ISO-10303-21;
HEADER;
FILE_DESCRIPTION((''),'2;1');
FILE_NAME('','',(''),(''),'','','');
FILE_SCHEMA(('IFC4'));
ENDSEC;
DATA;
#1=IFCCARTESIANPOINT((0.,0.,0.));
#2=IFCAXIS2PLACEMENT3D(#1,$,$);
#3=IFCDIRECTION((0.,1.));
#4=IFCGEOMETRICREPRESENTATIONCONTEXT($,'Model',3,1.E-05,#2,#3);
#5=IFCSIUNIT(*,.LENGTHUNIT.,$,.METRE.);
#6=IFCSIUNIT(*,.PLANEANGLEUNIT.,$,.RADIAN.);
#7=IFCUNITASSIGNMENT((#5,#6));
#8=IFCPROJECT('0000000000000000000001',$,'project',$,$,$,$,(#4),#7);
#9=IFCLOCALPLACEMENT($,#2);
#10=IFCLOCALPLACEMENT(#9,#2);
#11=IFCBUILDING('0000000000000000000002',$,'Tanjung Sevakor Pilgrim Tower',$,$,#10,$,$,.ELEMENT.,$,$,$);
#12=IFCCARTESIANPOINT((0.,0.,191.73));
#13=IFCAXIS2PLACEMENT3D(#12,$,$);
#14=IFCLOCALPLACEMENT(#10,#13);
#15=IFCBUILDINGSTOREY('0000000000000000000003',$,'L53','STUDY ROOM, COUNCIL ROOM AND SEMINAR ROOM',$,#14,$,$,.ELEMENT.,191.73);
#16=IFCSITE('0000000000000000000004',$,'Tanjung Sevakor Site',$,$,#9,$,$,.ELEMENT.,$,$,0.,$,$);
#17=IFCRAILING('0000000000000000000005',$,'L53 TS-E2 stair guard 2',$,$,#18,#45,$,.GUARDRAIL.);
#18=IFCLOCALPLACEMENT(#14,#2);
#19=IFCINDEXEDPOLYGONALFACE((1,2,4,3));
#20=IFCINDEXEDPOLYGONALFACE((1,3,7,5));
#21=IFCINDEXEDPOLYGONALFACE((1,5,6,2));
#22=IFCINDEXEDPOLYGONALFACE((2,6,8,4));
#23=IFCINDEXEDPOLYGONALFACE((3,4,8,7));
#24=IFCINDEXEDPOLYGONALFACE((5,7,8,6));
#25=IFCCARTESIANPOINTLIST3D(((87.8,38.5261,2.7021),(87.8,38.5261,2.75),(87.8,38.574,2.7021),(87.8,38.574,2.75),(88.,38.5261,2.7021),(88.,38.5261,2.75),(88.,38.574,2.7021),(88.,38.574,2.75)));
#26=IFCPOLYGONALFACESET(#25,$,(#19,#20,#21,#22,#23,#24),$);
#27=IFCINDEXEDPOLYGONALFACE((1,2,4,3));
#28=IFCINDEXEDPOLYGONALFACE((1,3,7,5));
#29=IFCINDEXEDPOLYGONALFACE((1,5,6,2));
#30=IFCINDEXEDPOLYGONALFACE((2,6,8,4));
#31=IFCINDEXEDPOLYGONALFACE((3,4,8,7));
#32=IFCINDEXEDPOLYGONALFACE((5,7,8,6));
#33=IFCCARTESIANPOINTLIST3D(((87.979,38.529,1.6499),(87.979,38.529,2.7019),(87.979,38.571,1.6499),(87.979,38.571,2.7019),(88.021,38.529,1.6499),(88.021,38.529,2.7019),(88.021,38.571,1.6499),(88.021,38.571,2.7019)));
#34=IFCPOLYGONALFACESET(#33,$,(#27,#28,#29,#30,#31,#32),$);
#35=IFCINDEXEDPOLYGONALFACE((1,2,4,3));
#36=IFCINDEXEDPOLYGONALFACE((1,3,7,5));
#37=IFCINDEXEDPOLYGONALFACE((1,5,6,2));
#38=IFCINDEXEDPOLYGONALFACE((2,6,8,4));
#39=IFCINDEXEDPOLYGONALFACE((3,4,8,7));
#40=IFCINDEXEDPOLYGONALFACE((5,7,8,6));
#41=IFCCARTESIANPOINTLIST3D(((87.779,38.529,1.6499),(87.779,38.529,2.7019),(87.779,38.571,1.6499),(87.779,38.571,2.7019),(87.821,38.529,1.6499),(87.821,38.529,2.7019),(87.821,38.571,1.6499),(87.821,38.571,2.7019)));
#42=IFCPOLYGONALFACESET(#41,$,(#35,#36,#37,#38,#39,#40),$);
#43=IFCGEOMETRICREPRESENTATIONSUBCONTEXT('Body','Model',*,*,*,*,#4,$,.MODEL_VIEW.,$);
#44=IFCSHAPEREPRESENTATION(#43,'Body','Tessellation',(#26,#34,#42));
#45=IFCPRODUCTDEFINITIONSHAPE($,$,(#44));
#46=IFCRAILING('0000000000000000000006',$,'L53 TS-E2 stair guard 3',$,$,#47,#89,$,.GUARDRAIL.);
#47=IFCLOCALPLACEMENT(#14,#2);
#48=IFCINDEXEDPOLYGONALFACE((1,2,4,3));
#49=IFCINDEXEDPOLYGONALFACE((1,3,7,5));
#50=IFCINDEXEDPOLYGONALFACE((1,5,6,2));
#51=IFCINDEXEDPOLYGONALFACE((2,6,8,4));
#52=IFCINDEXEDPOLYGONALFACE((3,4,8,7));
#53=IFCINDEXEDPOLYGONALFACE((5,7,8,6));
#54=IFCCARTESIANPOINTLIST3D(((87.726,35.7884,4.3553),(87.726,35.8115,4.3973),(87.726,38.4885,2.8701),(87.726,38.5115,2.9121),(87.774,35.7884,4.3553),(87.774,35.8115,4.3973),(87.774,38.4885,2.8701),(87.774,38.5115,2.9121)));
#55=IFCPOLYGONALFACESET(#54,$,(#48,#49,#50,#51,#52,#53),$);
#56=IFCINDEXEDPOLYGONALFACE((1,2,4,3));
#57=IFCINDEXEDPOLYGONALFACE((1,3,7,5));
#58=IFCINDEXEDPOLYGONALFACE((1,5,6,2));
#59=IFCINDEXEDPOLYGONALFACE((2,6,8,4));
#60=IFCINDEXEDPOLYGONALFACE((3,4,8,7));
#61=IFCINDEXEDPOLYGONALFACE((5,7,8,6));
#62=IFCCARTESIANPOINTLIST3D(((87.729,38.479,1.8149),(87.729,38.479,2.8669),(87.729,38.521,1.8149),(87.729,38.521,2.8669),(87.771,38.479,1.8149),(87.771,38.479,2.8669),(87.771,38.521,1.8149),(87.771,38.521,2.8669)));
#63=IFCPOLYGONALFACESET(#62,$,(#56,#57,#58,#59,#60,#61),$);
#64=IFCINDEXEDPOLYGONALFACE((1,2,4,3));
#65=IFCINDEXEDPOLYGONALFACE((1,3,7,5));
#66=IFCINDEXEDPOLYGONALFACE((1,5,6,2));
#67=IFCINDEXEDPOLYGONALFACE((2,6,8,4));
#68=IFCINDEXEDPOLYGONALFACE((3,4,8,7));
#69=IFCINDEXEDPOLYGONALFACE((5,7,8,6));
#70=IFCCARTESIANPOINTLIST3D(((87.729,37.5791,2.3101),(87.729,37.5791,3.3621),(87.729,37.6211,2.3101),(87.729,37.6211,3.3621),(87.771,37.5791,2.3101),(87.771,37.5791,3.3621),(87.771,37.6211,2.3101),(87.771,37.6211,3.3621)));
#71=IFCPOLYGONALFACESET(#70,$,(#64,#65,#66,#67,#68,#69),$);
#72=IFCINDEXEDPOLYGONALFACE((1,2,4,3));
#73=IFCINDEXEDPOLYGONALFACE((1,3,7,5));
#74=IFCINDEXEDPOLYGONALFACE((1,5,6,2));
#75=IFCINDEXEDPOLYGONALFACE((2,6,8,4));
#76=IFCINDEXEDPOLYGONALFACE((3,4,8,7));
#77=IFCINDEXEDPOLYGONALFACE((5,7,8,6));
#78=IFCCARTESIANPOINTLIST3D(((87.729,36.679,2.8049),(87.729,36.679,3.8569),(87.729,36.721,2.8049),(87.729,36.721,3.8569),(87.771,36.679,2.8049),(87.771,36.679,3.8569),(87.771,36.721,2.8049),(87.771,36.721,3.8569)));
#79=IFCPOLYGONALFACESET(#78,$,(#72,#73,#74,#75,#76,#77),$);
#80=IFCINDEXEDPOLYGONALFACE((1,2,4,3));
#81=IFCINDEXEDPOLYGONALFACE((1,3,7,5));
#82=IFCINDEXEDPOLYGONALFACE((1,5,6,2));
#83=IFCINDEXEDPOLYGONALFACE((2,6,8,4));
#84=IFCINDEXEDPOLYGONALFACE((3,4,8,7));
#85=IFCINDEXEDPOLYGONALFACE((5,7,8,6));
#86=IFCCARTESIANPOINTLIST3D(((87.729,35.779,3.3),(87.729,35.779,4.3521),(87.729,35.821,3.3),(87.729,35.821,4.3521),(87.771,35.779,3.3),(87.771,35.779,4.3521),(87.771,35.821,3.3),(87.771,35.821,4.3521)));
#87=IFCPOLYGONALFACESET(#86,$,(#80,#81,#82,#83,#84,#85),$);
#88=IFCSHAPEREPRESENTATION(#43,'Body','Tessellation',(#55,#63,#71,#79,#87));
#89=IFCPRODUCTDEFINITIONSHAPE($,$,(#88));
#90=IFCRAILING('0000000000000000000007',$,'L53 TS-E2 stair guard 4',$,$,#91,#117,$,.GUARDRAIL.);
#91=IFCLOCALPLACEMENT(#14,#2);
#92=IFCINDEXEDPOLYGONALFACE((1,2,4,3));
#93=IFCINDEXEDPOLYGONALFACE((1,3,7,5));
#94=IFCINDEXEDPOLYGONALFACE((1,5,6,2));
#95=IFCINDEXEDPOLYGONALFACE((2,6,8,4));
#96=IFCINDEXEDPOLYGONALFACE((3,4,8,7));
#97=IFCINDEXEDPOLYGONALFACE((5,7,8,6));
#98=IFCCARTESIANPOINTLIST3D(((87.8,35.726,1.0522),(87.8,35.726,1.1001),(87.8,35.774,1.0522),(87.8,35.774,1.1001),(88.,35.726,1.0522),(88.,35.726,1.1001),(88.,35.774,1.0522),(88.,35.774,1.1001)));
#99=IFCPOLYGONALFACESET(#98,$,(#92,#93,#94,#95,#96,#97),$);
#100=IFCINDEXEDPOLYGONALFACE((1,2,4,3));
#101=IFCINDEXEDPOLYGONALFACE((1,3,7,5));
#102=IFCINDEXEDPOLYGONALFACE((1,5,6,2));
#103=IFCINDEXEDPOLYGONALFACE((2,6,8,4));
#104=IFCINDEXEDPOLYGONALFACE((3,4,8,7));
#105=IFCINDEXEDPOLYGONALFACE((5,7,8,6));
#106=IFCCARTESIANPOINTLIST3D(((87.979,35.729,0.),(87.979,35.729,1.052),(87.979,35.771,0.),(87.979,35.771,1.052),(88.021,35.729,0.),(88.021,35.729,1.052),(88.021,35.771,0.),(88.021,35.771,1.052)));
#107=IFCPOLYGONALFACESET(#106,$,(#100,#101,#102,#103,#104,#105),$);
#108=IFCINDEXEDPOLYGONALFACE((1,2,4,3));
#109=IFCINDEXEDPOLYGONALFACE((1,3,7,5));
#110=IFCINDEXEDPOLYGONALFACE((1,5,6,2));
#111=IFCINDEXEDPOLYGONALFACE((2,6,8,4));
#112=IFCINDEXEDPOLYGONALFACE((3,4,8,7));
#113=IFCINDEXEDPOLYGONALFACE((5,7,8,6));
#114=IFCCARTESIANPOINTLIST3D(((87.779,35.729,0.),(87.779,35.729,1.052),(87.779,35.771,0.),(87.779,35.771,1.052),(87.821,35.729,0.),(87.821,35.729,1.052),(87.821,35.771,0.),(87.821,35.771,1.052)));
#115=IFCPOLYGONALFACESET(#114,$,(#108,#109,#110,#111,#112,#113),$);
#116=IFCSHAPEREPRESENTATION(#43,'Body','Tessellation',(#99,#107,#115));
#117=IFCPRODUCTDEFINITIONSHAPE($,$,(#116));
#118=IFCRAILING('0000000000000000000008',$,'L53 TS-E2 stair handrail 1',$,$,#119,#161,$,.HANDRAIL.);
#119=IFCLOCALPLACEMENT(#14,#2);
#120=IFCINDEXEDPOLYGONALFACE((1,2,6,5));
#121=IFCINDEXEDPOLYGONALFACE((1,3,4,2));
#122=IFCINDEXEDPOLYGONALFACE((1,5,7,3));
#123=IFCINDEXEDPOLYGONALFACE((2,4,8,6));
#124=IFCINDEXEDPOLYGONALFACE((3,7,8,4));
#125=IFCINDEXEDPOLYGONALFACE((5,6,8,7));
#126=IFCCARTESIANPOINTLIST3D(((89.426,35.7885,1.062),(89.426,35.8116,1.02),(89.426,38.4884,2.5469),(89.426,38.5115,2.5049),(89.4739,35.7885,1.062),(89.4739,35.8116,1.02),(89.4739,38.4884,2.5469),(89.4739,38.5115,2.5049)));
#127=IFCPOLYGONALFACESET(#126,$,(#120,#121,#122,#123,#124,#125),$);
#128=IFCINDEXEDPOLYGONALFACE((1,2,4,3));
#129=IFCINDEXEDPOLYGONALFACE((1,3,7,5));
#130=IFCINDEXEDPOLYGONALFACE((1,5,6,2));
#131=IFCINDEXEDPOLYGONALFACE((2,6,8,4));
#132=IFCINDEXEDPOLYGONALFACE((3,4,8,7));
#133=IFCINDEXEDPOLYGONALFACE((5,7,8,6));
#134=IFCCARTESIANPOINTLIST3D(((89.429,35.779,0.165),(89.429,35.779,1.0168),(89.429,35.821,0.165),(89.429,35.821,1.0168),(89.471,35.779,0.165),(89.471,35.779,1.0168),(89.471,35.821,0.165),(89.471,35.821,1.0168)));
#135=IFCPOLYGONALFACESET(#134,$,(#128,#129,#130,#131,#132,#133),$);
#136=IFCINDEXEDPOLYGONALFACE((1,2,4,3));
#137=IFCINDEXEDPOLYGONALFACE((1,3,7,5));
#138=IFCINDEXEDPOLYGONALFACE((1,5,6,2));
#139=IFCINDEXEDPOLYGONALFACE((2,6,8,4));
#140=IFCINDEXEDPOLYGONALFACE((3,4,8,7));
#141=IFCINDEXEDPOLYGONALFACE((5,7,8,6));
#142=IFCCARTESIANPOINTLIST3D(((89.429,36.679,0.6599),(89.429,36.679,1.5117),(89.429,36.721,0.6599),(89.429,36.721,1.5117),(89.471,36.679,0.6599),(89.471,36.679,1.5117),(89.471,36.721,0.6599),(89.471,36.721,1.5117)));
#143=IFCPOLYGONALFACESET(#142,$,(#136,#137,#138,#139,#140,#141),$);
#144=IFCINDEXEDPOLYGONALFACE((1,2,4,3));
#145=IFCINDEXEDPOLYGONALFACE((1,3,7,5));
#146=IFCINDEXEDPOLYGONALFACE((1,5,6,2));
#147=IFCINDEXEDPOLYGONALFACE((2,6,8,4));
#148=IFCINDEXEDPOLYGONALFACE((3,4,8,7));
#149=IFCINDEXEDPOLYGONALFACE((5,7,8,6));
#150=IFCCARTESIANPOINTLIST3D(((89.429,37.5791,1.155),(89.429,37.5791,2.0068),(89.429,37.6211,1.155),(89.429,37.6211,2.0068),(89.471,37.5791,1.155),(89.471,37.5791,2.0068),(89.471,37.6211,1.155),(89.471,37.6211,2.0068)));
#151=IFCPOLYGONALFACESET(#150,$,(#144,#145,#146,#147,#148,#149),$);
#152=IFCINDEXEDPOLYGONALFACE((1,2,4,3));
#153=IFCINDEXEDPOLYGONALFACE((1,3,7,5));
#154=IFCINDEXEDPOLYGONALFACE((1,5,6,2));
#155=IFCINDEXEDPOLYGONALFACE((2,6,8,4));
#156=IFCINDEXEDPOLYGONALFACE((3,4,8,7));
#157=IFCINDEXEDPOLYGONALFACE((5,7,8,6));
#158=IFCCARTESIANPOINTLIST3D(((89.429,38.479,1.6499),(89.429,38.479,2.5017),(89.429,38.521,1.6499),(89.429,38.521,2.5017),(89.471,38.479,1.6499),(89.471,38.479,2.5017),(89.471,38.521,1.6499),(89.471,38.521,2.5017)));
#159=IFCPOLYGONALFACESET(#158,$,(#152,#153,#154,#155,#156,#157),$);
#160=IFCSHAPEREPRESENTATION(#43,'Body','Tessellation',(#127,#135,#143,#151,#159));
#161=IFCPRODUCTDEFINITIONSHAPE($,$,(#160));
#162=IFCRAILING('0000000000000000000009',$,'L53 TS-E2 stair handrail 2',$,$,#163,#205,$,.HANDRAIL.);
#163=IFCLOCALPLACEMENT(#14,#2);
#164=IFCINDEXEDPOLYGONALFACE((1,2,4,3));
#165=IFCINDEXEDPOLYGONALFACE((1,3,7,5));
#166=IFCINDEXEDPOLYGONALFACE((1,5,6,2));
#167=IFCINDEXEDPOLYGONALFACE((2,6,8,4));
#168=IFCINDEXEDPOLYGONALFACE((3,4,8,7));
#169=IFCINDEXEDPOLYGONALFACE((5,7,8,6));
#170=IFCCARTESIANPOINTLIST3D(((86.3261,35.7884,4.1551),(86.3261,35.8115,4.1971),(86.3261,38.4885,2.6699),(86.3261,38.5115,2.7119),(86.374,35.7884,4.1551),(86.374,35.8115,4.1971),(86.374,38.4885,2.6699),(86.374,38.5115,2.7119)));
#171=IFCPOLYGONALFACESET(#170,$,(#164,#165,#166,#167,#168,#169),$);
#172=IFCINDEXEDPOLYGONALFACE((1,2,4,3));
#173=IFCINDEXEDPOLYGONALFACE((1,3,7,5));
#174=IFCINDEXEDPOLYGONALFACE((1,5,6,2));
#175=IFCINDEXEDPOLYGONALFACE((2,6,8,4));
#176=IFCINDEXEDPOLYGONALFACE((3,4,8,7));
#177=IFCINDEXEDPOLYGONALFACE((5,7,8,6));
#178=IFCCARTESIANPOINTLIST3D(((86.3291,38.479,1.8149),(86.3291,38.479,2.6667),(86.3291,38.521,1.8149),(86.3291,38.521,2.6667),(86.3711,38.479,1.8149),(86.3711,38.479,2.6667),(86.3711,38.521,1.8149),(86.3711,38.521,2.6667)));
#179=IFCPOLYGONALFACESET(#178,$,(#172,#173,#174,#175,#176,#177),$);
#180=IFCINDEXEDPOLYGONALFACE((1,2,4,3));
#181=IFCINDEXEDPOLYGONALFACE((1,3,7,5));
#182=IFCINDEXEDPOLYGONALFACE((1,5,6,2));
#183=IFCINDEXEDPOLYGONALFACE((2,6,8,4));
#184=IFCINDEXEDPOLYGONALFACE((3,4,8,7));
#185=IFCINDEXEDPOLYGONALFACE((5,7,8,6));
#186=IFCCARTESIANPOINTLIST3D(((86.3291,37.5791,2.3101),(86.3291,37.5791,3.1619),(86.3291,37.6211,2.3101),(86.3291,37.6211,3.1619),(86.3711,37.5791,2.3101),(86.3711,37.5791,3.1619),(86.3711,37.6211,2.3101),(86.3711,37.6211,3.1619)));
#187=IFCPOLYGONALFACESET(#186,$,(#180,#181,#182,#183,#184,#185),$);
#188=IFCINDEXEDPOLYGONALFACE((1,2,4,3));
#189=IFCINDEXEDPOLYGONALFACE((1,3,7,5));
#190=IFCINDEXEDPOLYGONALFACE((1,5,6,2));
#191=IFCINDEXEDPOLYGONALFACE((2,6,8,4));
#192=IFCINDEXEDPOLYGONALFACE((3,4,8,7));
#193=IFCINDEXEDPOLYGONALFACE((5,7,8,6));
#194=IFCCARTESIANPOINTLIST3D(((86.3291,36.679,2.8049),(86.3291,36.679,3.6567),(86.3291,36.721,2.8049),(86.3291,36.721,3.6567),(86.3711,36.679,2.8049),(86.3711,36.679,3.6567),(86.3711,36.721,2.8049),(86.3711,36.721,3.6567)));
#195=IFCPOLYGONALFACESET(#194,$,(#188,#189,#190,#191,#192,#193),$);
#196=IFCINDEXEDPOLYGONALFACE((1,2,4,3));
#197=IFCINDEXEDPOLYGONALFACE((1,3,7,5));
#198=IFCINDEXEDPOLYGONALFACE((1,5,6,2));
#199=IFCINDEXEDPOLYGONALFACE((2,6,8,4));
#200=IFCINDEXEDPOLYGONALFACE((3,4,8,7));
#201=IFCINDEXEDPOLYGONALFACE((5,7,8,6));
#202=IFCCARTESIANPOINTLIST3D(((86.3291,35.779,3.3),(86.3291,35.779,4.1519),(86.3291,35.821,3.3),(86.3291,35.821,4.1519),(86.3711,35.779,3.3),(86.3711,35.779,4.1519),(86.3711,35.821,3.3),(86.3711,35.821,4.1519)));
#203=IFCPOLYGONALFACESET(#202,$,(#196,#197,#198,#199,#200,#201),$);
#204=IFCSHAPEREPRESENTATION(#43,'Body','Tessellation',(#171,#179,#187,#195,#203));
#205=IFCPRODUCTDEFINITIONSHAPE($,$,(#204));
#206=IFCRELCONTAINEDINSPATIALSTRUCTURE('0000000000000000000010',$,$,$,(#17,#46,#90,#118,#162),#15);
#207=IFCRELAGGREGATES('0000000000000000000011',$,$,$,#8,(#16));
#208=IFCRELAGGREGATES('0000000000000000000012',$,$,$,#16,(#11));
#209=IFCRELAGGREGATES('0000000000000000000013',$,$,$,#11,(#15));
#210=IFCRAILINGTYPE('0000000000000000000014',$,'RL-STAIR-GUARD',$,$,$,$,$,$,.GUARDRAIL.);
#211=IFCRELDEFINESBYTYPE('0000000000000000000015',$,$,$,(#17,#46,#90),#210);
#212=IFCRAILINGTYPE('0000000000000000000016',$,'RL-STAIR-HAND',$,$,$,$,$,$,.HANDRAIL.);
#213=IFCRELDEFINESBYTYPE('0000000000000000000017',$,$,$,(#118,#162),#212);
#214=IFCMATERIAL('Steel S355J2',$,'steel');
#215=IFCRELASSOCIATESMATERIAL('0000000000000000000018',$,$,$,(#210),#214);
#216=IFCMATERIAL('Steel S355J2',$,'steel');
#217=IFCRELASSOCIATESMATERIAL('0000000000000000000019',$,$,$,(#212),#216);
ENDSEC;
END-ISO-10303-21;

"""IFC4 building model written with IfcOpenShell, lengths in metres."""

from ifc_helpers import new_model, si_unit, direction, frame, origin, place, context, subcontext, project, spatial, rectangle, extrude, material, type_object, element, save


model = new_model("IFC4")

# Units and contexts
model_context = context("Model", 3, precision=1e-05, world=origin(), true_north=direction((0.0, 1.0)))
body_context = subcontext(model_context, "Body", "Model", "MODEL_VIEW")
ifc_project = project(units=[si_unit("LENGTHUNIT", "METRE"), si_unit("PLANEANGLEUNIT", "RADIAN")], contexts=[model_context])

# Site, building, storey
site_placement = place(None, origin())
site = spatial("IfcSite", under=ifc_project, at=site_placement, Name="Tanjung Sevakor Site", CompositionType="ELEMENT", RefElevation=0.0)
building_placement = place(site_placement, origin())
building = spatial("IfcBuilding", under=site, at=building_placement, Name="Tanjung Sevakor Pilgrim Tower", CompositionType="ELEMENT")
storey_placement = place(building_placement, frame((0.0, 0.0, 191.73)))
storey = spatial("IfcBuildingStorey", under=building, at=storey_placement, Name="L53", Description="STUDY ROOM, COUNCIL ROOM AND SEMINAR ROOM", CompositionType="ELEMENT", Elevation=191.73)

# Railings
ifc_material_1 = material(Name="Steel S355J2", Category="steel")
railing_type_1 = type_object("IfcRailingType", Name="RL-STAIR-GUARD", PredefinedType="GUARDRAIL", material=ifc_material_1)
railing_1_placement = place(storey_placement, frame((88.0, 38.55, 1.6499)))
element("IfcRailing", 1, at=railing_1_placement, inside=storey, type_object=railing_type_1, Name="L53 TS-E2 stair guard 2", PredefinedType="GUARDRAIL", context=body_context, shape_type="SweptSolid", body=[
    extrude(rectangle(XDim=0.0479, YDim=0.0479), frame((0.0, 0.0, 1.0762), z_axis=(-1.0, 0.0, 0.0), x_axis=(0.0, -1.0, 0.0)), (0.0, 0.0, 1.0), 0.2),
    extrude(rectangle(XDim=0.042, YDim=0.042), origin(), (0.0, 0.0, 1.0), 1.052),
    extrude(rectangle(XDim=0.042, YDim=0.042), frame((-0.2, 0.0, 0.0)), (0.0, 0.0, 1.0), 1.052),
])
railing_2_placement = place(storey_placement, frame((87.75, 38.5, 1.8149)))
element("IfcRailing", 2, at=railing_2_placement, inside=storey, type_object=railing_type_1, Name="L53 TS-E2 stair guard 3", PredefinedType="GUARDRAIL", context=body_context, shape_type="SweptSolid", body=[
    extrude(rectangle(XDim=0.0479, YDim=0.0479), frame((0.0, 0.0, 1.0762), z_axis=(0.0, -0.876198, 0.481952), x_axis=(1.0, 0.0, 0.0)), (0.0, 0.0, 1.0), 3.0815),
    extrude(rectangle(XDim=0.042, YDim=0.042), origin(), (0.0, 0.0, 1.0), 1.052),
    extrude(rectangle(XDim=0.042, YDim=0.042), frame((0.0, -0.8999, 0.4951)), (0.0, 0.0, 1.0), 1.052),
    extrude(rectangle(XDim=0.042, YDim=0.042), frame((0.0, -1.8, 0.99)), (0.0, 0.0, 1.0), 1.052),
    extrude(rectangle(XDim=0.042, YDim=0.042), frame((0.0, -2.7, 1.4851)), (0.0, 0.0, 1.0), 1.052),
])
railing_3_placement = place(storey_placement, frame((88.0, 35.75, 0.0)))
element("IfcRailing", 3, at=railing_3_placement, inside=storey, type_object=railing_type_1, Name="L53 TS-E2 stair guard 4", PredefinedType="GUARDRAIL", context=body_context, shape_type="SweptSolid", body=[
    extrude(rectangle(XDim=0.0479, YDim=0.0479), frame((0.0, 0.0, 1.0762), z_axis=(-1.0, 0.0, 0.0), x_axis=(0.0, -1.0, 0.0)), (0.0, 0.0, 1.0), 0.2),
    extrude(rectangle(XDim=0.042, YDim=0.042), origin(), (0.0, 0.0, 1.0), 1.052),
    extrude(rectangle(XDim=0.042, YDim=0.042), frame((-0.2, 0.0, 0.0)), (0.0, 0.0, 1.0), 1.052),
])
ifc_material_2 = material(Name="Steel S355J2", Category="steel")
railing_type_2 = type_object("IfcRailingType", Name="RL-STAIR-HAND", PredefinedType="HANDRAIL", material=ifc_material_2)
railing_4_placement = place(storey_placement, frame((89.45, 35.8, 0.165)))
element("IfcRailing", 4, at=railing_4_placement, inside=storey, type_object=railing_type_2, Name="L53 TS-E2 stair handrail 1", PredefinedType="HANDRAIL", context=body_context, shape_type="SweptSolid", body=[
    extrude(rectangle(XDim=0.0479, YDim=0.0479), frame((0.0, 0.0, 0.876), z_axis=(0.0, 0.876231, 0.481891), x_axis=(-1.0, 0.0, 0.0)), (0.0, 0.0, 1.0), 3.0813),
    extrude(rectangle(XDim=0.042, YDim=0.042), origin(), (0.0, 0.0, 1.0), 0.8518),
    extrude(rectangle(XDim=0.042, YDim=0.042), frame((0.0, 0.8999, 0.4949)), (0.0, 0.0, 1.0), 0.8518),
    extrude(rectangle(XDim=0.042, YDim=0.042), frame((0.0, 1.8, 0.99)), (0.0, 0.0, 1.0), 0.8518),
    extrude(rectangle(XDim=0.042, YDim=0.042), frame((0.0, 2.7, 1.4849)), (0.0, 0.0, 1.0), 0.8518),
])
railing_5_placement = place(storey_placement, frame((86.3501, 38.5, 1.8149)))
element("IfcRailing", 5, at=railing_5_placement, inside=storey, type_object=railing_type_2, Name="L53 TS-E2 stair handrail 2", PredefinedType="HANDRAIL", context=body_context, shape_type="SweptSolid", body=[
    extrude(rectangle(XDim=0.0479, YDim=0.0479), frame((0.0, 0.0, 0.876), z_axis=(0.0, -0.876198, 0.481952), x_axis=(1.0, 0.0, 0.0)), (0.0, 0.0, 1.0), 3.0815),
    extrude(rectangle(XDim=0.042, YDim=0.042), origin(), (0.0, 0.0, 1.0), 0.8518),
    extrude(rectangle(XDim=0.042, YDim=0.042), frame((0.0, -0.8999, 0.4951)), (0.0, 0.0, 1.0), 0.8518),
    extrude(rectangle(XDim=0.042, YDim=0.042), frame((0.0, -1.8, 0.99)), (0.0, 0.0, 1.0), 0.8518),
    extrude(rectangle(XDim=0.042, YDim=0.042), frame((0.0, -2.7, 1.4851)), (0.0, 0.0, 1.0), 0.8518),
])

save(model, "model.ifc")
